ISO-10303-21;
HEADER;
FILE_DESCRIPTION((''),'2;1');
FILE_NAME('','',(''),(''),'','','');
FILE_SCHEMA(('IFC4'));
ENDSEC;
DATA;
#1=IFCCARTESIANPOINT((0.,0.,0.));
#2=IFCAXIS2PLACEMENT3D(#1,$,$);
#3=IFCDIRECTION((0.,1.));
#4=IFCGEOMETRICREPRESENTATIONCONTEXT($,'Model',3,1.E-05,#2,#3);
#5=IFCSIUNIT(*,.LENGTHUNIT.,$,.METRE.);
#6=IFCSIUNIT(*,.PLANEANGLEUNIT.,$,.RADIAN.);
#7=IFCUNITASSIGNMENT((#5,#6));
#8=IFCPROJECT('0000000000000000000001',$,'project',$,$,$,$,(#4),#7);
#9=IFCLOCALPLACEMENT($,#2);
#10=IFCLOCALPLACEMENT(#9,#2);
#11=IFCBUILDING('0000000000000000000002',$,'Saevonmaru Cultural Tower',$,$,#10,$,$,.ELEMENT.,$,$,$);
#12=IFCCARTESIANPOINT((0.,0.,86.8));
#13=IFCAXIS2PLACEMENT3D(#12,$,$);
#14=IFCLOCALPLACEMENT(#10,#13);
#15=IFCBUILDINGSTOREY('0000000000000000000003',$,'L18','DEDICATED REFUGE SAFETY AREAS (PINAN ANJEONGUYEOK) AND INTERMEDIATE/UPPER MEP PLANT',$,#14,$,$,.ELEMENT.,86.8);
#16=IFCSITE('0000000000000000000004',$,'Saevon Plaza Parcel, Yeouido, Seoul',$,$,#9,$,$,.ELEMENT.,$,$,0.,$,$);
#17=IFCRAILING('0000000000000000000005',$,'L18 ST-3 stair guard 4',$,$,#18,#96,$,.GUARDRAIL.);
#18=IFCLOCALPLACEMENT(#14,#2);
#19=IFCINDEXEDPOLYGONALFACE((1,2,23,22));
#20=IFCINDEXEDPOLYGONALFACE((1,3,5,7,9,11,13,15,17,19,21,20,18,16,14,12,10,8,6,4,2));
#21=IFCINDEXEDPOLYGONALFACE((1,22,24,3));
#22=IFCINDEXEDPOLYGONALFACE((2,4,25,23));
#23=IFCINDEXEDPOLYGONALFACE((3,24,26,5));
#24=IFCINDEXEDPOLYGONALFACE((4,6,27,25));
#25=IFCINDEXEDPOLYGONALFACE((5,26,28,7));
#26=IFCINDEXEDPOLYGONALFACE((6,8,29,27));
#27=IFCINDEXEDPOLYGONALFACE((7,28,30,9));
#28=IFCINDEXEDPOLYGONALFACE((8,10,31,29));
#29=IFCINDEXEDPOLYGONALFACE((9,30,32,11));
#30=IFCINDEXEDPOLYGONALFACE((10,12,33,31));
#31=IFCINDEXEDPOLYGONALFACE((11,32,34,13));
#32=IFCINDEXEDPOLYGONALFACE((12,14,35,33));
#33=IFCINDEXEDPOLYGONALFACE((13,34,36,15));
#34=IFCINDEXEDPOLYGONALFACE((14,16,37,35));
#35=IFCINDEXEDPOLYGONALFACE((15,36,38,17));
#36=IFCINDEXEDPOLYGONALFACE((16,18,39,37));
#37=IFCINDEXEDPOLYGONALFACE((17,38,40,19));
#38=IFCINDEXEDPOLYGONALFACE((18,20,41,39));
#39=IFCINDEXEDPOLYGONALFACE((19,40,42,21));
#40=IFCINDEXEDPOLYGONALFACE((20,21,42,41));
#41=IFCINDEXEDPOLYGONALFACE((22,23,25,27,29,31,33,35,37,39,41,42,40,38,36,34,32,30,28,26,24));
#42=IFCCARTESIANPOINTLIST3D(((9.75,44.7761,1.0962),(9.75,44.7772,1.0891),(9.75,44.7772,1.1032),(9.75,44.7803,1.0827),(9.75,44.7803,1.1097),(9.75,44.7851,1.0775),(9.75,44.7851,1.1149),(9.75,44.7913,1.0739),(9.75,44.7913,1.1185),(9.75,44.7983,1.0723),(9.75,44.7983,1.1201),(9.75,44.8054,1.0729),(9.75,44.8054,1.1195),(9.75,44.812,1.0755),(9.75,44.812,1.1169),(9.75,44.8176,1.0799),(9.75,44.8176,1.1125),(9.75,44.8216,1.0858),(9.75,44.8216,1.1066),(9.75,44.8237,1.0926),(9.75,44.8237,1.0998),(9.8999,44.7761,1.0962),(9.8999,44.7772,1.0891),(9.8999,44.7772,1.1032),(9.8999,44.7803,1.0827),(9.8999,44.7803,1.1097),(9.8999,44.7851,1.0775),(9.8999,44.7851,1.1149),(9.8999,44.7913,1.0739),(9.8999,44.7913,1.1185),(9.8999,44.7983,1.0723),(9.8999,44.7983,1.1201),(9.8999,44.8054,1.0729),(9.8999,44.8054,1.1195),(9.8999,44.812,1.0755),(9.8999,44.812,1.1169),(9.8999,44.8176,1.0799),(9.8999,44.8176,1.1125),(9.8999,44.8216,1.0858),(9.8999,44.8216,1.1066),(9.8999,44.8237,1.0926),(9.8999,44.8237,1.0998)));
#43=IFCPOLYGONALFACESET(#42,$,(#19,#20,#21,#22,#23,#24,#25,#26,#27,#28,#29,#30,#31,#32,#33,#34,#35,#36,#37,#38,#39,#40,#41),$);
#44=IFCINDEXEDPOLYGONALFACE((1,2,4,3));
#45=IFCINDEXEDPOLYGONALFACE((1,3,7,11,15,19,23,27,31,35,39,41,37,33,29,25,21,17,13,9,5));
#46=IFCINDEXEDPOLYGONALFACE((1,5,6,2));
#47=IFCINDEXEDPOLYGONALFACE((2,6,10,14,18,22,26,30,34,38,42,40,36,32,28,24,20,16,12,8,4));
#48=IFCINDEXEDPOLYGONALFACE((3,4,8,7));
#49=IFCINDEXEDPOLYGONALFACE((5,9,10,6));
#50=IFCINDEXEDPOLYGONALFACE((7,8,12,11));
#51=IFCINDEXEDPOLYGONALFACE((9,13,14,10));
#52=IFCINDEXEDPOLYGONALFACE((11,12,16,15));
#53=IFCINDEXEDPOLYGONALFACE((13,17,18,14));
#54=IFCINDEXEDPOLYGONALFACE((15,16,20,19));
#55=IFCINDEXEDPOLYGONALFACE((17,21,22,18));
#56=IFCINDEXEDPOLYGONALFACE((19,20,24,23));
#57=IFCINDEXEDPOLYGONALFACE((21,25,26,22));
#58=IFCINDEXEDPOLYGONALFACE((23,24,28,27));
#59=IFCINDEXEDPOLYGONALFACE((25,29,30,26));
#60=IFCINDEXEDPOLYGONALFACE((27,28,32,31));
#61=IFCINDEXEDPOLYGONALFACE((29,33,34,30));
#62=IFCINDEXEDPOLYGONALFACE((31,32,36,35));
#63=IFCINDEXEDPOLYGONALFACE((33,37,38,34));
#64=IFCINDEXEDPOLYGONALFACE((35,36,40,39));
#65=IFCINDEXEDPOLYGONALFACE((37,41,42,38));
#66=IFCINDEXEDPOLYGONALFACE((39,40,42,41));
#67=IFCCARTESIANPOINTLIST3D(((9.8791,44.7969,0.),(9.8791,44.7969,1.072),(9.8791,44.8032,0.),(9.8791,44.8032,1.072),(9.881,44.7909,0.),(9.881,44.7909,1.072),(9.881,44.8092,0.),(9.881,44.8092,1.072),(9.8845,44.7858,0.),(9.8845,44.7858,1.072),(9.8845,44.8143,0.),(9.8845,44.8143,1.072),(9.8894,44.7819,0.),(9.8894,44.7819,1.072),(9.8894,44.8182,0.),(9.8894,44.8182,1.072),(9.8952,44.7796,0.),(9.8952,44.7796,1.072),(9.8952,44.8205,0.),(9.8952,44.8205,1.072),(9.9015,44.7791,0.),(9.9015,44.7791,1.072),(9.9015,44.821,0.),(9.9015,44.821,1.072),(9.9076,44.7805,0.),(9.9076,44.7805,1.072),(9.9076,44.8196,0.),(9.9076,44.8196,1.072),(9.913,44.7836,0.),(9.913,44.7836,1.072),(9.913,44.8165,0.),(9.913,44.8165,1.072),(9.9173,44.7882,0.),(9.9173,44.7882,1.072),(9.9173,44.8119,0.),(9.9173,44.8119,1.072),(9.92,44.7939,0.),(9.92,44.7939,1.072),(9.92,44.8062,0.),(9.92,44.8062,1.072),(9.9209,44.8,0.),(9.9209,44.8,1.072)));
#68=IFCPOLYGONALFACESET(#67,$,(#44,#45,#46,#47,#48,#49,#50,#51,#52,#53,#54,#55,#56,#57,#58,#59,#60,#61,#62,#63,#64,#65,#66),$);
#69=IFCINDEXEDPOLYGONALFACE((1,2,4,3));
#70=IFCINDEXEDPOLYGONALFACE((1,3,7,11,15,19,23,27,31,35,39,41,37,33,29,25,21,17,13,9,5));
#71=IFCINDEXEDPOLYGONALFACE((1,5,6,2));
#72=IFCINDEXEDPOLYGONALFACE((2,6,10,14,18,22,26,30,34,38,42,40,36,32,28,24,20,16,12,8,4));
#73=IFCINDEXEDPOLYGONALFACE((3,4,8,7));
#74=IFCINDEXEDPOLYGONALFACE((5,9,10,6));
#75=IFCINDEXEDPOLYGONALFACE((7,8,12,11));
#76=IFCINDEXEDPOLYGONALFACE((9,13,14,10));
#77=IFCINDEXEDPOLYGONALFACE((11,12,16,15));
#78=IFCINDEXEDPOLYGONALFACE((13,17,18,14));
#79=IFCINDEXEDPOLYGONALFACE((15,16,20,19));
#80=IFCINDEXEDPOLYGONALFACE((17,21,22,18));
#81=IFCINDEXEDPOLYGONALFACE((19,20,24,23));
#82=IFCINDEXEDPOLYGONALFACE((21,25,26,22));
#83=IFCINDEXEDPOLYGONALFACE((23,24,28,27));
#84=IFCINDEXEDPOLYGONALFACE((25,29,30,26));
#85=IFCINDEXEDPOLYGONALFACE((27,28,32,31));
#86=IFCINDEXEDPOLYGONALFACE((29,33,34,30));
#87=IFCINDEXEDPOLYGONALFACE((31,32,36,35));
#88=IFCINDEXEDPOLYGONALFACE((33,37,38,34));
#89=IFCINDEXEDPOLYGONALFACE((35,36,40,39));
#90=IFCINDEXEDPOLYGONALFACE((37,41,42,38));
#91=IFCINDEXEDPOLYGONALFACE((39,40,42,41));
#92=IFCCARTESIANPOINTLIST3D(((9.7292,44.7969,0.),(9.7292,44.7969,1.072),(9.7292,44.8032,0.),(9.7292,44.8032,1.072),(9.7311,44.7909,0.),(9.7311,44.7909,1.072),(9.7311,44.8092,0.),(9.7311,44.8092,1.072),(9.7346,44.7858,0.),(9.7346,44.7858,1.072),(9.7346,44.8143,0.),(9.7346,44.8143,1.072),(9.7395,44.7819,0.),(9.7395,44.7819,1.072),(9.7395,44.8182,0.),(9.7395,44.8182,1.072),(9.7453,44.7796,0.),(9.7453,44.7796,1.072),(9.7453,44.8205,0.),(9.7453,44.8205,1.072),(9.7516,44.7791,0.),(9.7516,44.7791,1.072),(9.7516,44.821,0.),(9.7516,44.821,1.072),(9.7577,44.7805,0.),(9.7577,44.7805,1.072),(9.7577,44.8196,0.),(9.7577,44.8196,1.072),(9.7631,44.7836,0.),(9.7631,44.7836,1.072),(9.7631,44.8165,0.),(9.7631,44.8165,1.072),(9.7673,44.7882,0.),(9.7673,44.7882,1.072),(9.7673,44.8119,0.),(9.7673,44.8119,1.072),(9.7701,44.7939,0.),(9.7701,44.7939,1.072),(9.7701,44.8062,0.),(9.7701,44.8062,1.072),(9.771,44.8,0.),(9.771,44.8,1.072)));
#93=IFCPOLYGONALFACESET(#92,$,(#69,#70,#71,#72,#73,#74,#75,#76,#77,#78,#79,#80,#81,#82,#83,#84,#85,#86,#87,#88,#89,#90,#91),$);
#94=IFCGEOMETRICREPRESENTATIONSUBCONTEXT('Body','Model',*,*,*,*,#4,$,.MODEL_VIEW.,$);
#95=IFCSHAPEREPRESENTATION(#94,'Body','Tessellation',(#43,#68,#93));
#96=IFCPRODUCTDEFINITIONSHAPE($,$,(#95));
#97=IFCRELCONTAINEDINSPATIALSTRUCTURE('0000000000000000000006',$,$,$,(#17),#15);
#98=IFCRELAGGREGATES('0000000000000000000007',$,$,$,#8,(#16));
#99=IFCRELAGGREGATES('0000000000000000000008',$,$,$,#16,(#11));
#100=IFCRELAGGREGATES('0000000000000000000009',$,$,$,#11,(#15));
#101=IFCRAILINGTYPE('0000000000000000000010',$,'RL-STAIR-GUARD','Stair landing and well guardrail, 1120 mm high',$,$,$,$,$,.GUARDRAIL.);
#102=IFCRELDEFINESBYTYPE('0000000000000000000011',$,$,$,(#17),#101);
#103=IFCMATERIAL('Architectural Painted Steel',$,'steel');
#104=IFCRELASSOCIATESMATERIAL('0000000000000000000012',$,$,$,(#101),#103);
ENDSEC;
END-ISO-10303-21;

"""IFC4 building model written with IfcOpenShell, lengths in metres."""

from ifc_helpers import new_model, si_unit, direction, frame, origin, origin_2d, place, context, subcontext, project, spatial, circle, extrude, material, type_object, element, save


model = new_model("IFC4")

# Units and contexts
model_context = context("Model", 3, precision=1e-05, world=origin(), true_north=direction((0.0, 1.0)))
body_context = subcontext(model_context, "Body", "Model", "MODEL_VIEW")
ifc_project = project(units=[si_unit("LENGTHUNIT", "METRE"), si_unit("PLANEANGLEUNIT", "RADIAN")], contexts=[model_context])

# Site, building, storey
site_placement = place(None, origin())
site = spatial("IfcSite", under=ifc_project, at=site_placement, Name="Saevon Plaza Parcel, Yeouido, Seoul", CompositionType="ELEMENT", RefElevation=0.0)
building_placement = place(site_placement, origin())
building = spatial("IfcBuilding", under=site, at=building_placement, Name="Saevonmaru Cultural Tower", CompositionType="ELEMENT")
storey_placement = place(building_placement, frame((0.0, 0.0, 86.8)))
storey = spatial("IfcBuildingStorey", under=building, at=storey_placement, Name="L18", Description="DEDICATED REFUGE SAFETY AREAS (PINAN ANJEONGUYEOK) AND INTERMEDIATE/UPPER MEP PLANT", CompositionType="ELEMENT", Elevation=86.8)

# Railing
ifc_material_1 = material(Name="Architectural Painted Steel", Category="steel")
railing_type_1 = type_object("IfcRailingType", Name="RL-STAIR-GUARD", Description="Stair landing and well guardrail, 1120 mm high", PredefinedType="GUARDRAIL", material=ifc_material_1)
railing_1_placement = place(storey_placement, frame((9.8999, 44.8, 0.0)))
element("IfcRailing", 1, at=railing_1_placement, inside=storey, type_object=railing_type_1, Name="L18 ST-3 stair guard 4", PredefinedType="GUARDRAIL", context=body_context, shape_type="SweptSolid", body=[
    extrude(circle(Radius=0.0239, at=origin_2d()), frame((0.0, 0.0, 1.0962), z_axis=(-1.0, 0.0, 0.0), x_axis=(0.0, -1.0, 0.0)), (0.0, 0.0, 1.0), 0.1499),
    extrude(circle(Radius=0.021, at=origin_2d()), origin(), (0.0, 0.0, 1.0), 1.072),
    extrude(circle(Radius=0.021, at=origin_2d()), frame((-0.1499, 0.0, 0.0)), (0.0, 0.0, 1.0), 1.072),
])

save(model, "model.ifc")
